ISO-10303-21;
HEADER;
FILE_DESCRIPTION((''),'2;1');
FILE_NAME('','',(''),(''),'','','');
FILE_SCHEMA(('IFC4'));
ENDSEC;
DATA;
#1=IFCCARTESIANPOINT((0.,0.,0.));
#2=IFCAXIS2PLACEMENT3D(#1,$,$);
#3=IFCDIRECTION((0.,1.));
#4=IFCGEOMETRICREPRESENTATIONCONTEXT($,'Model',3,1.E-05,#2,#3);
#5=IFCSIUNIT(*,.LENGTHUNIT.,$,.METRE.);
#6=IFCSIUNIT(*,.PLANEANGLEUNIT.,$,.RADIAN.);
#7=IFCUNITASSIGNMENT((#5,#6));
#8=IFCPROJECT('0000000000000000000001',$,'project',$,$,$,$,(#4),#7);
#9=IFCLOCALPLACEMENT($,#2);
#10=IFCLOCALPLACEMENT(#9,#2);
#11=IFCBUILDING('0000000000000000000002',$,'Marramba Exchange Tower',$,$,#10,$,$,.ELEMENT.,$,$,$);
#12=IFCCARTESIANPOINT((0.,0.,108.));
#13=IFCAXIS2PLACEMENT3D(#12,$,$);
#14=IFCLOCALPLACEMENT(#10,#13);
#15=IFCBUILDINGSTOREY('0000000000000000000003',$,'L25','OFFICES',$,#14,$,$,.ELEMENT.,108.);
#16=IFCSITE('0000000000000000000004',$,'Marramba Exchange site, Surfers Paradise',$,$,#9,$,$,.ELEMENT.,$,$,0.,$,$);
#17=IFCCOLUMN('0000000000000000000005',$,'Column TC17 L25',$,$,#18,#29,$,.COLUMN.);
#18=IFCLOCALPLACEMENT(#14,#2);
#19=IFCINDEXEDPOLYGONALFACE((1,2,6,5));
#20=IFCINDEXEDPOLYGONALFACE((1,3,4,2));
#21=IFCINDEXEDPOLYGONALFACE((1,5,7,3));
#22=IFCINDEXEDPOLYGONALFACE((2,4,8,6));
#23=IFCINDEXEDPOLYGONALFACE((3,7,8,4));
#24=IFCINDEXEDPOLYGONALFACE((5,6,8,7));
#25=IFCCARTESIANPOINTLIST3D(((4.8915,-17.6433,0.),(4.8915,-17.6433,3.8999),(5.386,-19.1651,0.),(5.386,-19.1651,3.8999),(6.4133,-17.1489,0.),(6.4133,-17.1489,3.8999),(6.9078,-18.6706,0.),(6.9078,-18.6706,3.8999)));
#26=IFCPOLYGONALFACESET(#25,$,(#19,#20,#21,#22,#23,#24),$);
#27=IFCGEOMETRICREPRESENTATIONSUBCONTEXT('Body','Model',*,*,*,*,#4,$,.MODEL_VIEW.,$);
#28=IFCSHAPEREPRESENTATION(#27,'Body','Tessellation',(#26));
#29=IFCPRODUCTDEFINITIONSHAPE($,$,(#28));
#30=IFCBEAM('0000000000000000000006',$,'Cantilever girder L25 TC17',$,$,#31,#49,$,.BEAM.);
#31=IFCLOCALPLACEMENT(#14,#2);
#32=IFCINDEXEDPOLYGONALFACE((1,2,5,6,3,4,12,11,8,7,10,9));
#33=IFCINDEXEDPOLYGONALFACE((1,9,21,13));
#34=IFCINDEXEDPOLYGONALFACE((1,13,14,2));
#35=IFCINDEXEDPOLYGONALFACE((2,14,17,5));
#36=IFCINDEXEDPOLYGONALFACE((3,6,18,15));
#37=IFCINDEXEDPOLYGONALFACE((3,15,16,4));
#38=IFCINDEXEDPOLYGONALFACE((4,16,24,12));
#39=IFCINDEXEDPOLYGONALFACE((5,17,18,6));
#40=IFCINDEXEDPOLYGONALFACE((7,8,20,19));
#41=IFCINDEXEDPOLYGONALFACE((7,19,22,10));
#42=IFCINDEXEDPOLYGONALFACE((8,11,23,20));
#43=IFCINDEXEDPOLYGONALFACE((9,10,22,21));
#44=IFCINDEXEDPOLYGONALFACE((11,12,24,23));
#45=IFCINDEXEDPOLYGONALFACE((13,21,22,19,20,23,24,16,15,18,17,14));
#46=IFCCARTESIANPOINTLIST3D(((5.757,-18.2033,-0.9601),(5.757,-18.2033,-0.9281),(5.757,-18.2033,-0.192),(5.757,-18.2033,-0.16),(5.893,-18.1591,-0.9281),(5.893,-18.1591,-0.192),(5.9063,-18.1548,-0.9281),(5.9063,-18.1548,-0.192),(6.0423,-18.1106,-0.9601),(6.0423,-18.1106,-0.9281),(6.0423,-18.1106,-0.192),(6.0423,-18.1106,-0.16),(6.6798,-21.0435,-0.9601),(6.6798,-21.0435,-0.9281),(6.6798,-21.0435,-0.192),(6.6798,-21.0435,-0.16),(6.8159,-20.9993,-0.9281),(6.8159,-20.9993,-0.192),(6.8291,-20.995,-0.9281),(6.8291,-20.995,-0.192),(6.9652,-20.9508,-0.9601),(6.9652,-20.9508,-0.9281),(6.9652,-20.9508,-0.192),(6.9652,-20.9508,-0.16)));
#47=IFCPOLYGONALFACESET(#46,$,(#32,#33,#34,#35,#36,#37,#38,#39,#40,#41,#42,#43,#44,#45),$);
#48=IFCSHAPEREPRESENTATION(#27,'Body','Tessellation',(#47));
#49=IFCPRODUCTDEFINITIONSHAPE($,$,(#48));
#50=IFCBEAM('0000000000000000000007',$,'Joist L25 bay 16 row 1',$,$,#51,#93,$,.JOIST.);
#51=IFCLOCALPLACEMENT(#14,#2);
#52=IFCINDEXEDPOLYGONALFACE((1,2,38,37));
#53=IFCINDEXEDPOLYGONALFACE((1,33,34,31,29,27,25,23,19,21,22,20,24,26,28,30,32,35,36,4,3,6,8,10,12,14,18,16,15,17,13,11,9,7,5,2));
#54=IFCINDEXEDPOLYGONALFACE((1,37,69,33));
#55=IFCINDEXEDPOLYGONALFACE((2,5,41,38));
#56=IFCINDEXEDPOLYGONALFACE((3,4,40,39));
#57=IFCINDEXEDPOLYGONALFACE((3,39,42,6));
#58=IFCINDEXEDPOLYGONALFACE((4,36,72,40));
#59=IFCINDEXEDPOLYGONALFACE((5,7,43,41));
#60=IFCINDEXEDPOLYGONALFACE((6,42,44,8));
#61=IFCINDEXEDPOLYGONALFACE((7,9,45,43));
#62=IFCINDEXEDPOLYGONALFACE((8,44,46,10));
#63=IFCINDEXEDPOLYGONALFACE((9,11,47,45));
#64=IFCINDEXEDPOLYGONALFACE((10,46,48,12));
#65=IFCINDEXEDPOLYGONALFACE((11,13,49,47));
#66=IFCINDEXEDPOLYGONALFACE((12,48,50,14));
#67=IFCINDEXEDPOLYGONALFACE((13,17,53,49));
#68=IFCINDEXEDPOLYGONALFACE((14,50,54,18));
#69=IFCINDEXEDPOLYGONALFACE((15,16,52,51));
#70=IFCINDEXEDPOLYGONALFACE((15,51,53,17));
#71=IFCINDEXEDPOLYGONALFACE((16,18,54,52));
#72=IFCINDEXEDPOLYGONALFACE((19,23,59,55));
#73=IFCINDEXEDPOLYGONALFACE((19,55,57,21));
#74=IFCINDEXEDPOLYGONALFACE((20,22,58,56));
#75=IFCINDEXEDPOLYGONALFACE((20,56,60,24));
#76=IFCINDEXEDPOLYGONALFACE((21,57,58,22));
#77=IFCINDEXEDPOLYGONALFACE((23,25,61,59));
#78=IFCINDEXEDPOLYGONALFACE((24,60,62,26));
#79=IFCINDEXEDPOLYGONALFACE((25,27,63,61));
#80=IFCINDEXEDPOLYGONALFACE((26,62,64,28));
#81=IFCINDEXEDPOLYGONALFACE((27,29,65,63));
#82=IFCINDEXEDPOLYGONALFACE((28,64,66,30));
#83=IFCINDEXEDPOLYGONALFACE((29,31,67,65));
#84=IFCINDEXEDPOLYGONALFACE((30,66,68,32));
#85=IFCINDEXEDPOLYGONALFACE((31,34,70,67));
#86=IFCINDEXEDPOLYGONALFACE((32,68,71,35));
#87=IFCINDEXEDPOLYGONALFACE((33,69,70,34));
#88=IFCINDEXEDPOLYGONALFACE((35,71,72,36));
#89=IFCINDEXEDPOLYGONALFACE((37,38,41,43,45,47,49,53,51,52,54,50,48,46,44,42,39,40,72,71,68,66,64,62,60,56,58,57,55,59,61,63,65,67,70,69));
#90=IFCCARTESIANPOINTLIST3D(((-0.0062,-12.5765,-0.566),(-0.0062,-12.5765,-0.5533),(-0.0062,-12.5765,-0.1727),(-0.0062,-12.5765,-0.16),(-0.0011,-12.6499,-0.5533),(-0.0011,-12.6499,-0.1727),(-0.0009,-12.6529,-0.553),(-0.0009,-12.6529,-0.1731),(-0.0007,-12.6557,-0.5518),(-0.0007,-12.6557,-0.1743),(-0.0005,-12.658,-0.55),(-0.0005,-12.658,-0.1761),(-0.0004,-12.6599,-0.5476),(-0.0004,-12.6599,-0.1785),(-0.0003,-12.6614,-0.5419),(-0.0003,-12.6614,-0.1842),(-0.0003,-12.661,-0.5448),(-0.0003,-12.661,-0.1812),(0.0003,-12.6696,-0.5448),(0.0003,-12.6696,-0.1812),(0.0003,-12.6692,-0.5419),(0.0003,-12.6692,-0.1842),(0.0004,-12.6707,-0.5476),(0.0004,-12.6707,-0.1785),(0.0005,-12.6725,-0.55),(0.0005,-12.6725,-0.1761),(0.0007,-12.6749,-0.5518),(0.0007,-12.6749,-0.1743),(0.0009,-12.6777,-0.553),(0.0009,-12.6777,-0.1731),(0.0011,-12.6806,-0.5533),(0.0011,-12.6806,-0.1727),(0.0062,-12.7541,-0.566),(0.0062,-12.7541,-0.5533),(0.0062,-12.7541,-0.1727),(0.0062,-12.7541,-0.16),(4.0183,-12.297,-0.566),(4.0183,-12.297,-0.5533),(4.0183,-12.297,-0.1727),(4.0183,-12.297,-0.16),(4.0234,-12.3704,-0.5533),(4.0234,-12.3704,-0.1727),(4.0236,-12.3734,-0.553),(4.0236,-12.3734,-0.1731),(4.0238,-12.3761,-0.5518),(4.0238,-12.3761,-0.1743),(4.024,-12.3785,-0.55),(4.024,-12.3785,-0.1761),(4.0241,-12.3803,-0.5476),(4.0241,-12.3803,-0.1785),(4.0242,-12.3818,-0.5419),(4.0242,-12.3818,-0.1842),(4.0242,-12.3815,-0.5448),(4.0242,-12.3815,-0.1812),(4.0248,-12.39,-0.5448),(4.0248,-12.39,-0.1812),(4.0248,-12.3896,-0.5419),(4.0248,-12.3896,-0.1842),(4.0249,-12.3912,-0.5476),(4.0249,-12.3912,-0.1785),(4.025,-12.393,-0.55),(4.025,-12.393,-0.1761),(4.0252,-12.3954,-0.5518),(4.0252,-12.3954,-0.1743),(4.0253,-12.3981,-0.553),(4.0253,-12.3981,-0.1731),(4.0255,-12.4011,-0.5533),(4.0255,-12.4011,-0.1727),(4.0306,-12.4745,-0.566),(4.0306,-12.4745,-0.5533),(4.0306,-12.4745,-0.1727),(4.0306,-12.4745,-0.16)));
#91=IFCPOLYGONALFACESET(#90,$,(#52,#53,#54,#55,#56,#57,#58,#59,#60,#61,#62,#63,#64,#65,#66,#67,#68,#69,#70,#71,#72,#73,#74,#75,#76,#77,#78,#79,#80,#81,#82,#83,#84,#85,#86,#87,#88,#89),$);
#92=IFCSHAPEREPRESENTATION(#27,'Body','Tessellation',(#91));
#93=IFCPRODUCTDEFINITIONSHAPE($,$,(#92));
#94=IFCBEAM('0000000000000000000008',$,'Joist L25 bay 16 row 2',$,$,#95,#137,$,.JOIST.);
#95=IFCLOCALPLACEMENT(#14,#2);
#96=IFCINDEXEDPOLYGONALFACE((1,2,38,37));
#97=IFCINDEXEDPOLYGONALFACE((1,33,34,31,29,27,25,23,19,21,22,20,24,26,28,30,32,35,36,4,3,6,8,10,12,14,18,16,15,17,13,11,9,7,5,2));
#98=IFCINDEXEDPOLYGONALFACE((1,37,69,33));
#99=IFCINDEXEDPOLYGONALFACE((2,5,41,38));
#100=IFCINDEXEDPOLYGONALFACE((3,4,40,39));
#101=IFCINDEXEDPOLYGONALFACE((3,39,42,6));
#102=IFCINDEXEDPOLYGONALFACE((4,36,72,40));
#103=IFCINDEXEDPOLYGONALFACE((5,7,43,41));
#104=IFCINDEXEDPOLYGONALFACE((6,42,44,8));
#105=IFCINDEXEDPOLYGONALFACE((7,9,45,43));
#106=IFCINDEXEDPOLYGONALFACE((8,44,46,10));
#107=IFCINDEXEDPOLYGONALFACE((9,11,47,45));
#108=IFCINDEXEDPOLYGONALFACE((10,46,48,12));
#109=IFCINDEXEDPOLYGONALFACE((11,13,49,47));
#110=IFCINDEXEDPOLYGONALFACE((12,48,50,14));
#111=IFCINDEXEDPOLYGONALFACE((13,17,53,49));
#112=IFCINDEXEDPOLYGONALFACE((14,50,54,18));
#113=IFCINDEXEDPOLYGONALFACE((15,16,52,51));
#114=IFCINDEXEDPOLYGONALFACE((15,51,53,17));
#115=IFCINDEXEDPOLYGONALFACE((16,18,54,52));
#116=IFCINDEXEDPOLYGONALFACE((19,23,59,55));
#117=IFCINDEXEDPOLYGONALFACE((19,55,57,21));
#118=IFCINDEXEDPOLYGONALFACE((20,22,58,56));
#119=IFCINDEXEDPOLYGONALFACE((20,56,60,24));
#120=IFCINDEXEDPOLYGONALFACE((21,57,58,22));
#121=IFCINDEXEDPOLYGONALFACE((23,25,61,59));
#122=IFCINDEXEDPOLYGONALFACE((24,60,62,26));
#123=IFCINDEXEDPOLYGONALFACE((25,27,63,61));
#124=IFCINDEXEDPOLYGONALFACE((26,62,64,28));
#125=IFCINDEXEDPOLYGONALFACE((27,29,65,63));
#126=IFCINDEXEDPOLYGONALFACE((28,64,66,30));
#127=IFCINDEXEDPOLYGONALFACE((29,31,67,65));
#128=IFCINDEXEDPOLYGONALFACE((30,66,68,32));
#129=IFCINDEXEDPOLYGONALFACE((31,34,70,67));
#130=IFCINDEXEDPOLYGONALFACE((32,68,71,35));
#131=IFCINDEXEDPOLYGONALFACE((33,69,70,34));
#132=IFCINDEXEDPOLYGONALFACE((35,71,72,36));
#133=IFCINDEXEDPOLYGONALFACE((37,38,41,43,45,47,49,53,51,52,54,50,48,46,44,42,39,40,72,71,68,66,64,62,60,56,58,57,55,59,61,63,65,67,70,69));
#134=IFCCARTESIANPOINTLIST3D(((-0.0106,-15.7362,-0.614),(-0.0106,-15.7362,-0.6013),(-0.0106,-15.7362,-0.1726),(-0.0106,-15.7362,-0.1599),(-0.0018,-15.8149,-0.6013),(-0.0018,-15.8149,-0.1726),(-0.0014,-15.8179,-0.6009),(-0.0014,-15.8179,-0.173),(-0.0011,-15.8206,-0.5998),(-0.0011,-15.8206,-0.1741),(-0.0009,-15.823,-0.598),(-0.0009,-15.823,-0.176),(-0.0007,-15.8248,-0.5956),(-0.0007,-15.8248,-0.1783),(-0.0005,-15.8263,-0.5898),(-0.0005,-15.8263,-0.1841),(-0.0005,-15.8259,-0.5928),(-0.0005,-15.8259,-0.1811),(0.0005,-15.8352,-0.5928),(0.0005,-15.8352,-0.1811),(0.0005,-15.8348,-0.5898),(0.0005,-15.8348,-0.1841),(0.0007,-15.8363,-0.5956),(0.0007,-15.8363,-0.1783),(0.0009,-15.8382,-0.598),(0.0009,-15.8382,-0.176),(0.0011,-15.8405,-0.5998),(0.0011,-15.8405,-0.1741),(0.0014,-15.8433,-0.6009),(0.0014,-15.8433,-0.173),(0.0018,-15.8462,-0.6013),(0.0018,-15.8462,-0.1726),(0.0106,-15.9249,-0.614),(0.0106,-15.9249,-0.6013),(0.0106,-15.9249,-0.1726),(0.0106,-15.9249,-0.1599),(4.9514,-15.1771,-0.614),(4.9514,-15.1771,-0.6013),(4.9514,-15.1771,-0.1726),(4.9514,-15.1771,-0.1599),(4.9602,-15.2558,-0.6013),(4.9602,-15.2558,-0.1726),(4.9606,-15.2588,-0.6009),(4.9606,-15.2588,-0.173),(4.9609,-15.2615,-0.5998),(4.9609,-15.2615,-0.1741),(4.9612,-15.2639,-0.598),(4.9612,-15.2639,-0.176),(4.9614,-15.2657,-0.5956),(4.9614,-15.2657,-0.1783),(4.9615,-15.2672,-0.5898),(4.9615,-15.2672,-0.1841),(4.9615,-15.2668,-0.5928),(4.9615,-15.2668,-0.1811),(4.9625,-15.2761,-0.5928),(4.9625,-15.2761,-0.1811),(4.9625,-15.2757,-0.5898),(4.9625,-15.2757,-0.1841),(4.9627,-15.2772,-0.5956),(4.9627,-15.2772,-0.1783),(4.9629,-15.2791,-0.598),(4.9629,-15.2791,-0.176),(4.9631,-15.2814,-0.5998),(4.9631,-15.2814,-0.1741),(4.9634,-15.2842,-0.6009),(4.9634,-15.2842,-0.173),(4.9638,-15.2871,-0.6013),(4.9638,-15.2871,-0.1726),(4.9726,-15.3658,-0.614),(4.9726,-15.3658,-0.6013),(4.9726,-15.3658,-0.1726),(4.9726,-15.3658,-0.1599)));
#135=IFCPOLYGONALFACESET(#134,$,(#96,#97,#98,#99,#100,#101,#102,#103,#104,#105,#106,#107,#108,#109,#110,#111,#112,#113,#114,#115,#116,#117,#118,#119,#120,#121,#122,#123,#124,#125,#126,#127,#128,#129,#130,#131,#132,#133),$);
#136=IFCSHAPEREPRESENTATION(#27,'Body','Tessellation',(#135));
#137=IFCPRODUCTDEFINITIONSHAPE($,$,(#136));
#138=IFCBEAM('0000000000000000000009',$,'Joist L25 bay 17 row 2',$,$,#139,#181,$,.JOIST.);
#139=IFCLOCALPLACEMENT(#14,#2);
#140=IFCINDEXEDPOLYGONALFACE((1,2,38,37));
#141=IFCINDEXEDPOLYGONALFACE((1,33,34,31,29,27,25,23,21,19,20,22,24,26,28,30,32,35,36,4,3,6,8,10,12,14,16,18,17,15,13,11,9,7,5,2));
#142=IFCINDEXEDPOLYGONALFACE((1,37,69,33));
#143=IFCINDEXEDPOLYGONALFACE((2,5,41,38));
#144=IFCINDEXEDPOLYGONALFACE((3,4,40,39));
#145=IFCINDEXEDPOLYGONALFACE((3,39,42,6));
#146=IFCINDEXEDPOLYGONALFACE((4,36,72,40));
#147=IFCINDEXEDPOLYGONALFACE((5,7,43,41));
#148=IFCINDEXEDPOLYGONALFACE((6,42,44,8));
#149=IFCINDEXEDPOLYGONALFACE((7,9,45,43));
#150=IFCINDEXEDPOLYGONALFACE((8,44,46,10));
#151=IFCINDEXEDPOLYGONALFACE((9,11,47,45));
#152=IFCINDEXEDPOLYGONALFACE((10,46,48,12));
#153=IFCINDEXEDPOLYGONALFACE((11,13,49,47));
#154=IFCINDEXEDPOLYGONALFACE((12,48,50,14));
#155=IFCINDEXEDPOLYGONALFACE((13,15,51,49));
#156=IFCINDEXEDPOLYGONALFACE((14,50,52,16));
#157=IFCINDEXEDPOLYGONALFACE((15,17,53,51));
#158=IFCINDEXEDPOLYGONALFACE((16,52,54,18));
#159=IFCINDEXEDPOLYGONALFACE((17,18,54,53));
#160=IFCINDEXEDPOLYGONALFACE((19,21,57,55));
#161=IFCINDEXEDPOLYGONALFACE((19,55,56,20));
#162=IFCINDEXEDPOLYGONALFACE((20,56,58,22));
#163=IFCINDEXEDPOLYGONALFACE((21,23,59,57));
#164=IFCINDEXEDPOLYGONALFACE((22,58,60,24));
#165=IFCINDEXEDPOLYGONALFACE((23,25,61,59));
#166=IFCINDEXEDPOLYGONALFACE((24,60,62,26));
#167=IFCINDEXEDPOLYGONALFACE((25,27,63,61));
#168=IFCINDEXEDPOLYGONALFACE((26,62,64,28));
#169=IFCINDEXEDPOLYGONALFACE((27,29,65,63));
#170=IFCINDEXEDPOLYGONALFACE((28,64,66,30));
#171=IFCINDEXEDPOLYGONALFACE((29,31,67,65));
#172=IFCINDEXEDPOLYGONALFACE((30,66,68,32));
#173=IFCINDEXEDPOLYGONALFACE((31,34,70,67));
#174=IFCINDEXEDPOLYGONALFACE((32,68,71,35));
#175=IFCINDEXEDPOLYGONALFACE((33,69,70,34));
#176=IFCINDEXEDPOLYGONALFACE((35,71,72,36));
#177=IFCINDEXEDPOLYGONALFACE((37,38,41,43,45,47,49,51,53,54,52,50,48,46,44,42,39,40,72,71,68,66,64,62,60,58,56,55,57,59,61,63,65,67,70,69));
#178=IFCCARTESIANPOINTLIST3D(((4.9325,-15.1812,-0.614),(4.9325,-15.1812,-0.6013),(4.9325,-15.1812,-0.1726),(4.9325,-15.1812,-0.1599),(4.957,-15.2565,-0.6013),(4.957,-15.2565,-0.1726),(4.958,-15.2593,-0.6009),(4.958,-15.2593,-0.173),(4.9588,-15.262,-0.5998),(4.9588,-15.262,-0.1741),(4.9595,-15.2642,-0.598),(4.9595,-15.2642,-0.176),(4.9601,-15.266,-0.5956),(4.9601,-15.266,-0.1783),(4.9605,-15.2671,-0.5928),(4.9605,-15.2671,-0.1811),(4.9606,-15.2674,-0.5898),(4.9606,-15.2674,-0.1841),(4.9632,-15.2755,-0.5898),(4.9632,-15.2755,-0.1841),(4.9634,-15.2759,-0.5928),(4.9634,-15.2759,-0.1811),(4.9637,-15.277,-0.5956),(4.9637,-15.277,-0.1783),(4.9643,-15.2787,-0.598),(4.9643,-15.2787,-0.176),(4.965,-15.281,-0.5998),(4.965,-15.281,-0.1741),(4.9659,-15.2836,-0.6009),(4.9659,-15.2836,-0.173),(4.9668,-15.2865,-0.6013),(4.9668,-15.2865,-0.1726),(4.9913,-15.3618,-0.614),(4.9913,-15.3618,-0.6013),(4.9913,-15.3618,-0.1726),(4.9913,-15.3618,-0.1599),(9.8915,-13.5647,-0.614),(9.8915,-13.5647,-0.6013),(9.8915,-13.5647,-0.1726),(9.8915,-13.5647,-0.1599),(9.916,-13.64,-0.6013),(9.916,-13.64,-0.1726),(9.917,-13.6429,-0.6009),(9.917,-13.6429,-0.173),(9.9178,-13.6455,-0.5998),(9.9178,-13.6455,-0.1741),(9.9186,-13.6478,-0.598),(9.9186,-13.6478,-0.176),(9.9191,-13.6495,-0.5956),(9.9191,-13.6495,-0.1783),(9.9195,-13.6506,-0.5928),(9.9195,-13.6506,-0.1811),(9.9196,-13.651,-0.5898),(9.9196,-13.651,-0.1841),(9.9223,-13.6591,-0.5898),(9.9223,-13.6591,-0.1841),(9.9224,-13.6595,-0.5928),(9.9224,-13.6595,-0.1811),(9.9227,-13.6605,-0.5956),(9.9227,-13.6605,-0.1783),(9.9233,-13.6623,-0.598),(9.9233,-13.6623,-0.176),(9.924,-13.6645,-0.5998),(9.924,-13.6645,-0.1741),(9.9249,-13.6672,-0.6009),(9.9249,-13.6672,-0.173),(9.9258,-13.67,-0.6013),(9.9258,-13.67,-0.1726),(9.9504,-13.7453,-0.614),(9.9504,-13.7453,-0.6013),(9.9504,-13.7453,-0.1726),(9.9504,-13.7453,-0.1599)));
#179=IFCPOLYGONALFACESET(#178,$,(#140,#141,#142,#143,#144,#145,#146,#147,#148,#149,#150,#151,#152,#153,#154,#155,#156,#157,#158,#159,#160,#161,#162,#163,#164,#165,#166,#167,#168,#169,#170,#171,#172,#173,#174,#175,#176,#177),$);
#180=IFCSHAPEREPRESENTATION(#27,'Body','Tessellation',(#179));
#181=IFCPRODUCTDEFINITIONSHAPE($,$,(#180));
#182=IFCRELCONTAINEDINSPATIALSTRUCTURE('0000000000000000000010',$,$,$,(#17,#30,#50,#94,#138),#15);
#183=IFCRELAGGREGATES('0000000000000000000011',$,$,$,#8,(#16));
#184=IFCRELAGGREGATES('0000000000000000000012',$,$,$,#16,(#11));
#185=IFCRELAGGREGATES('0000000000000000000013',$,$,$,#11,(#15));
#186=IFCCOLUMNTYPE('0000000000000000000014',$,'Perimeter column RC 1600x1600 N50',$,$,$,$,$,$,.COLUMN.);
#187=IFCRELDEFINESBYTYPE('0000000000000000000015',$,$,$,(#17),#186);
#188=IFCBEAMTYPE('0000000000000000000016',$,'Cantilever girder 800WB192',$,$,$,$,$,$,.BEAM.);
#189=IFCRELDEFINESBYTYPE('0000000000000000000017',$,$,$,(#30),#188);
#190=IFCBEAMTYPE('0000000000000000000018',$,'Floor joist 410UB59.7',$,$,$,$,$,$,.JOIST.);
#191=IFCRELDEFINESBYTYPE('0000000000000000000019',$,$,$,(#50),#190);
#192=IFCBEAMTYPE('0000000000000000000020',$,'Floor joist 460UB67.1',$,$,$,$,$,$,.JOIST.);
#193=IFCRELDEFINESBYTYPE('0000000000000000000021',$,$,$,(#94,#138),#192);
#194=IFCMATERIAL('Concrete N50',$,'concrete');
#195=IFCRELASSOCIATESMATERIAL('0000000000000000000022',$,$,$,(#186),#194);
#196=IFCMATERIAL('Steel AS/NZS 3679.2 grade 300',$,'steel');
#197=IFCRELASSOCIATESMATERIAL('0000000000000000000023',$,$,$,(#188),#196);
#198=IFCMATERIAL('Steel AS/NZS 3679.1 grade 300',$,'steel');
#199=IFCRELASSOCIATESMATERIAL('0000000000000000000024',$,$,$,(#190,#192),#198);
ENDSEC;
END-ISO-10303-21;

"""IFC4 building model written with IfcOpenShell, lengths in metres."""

from ifc_helpers import new_model, si_unit, direction, frame, origin, origin_2d, place, context, subcontext, project, spatial, rectangle, i_section, extrude, material, material_profile, profile_set, type_object, element, save


model = new_model("IFC4")

# Units and contexts
model_context = context("Model", 3, precision=1e-05, world=origin(), true_north=direction((0.0, 1.0)))
body_context = subcontext(model_context, "Body", "Model", "MODEL_VIEW")
ifc_project = project(units=[si_unit("LENGTHUNIT", "METRE"), si_unit("PLANEANGLEUNIT", "RADIAN")], contexts=[model_context])

# Site, building, storey
site_placement = place(None, origin())
site = spatial("IfcSite", under=ifc_project, at=site_placement, Name="Marramba Exchange site, Surfers Paradise", CompositionType="ELEMENT", RefElevation=0.0)
building_placement = place(site_placement, origin())
building = spatial("IfcBuilding", under=site, at=building_placement, Name="Marramba Exchange Tower", CompositionType="ELEMENT")
storey_placement = place(building_placement, frame((0.0, 0.0, 108.0)))
storey = spatial("IfcBuildingStorey", under=building, at=storey_placement, Name="L25", Description="OFFICES", CompositionType="ELEMENT", Elevation=108.0)

# Column
ifc_material_1 = material(Name="Concrete N50", Category="concrete")
ifc_material_profile_1 = material_profile(ifc_material_1, rectangle(XDim=1.6001, YDim=1.6001, at=origin_2d()), Name="RC 1600x1600")
ifc_profile_set_1 = profile_set([ifc_material_profile_1], Name="Concrete N50")
column_type = type_object("IfcColumnType", Name="Perimeter column RC 1600x1600 N50", PredefinedType="COLUMN", material=ifc_profile_set_1)
column_placement = place(storey_placement, frame((5.8997, -18.157, 0.0), z_axis=(0.0, 0.0, 1.0), x_axis=(0.309017, -0.951057, 0.0)))
element("IfcColumn", 1, at=column_placement, inside=storey, type_object=column_type, Name="Column TC17 L25", PredefinedType="COLUMN", context=body_context, shape_type="SweptSolid", body=[
    extrude(rectangle(XDim=1.6001, YDim=1.6001, at=origin_2d()), origin(), (0.0, 0.0, 1.0), 3.8999),
])

# Beams
ifc_material_2 = material(Name="Steel AS/NZS 3679.2 grade 300", Category="steel")
ifc_material_profile_2 = material_profile(ifc_material_2, i_section(OverallWidth=0.3, OverallDepth=0.8, WebThickness=0.0139, FlangeThickness=0.032, at=origin_2d()), Name="800WB192")
ifc_profile_set_2 = profile_set([ifc_material_profile_2], Name="Steel AS/NZS 3679.2 grade 300")
beam_type_1 = type_object("IfcBeamType", Name="Cantilever girder 800WB192", PredefinedType="BEAM", material=ifc_profile_set_2)
beam_1_placement = place(storey_placement, frame((5.8997, -18.157, -0.5601), z_axis=(0.309032, -0.951051, 0.0), x_axis=(0.951051, 0.309032, 0.0)))
element("IfcBeam", 2, at=beam_1_placement, inside=storey, type_object=beam_type_1, Name="Cantilever girder L25 TC17", PredefinedType="BEAM", context=body_context, shape_type="SweptSolid", body=[
    extrude(i_section(OverallWidth=0.3, OverallDepth=0.8, WebThickness=0.0139, FlangeThickness=0.032, at=origin_2d()), origin(), (0.0, 0.0, 1.0), 2.9863),
])
ifc_material_3 = material(Name="Steel AS/NZS 3679.1 grade 300", Category="steel")
ifc_material_profile_3 = material_profile(ifc_material_3, i_section(OverallWidth=0.178, OverallDepth=0.406, WebThickness=0.0078, FlangeThickness=0.0127, FilletRadius=0.0115, at=origin_2d()), Name="410UB59.7")
ifc_profile_set_3 = profile_set([ifc_material_profile_3], Name="Steel AS/NZS 3679.1 grade 300")
beam_type_2 = type_object("IfcBeamType", Name="Floor joist 410UB59.7", PredefinedType="JOIST", material=ifc_profile_set_3)
beam_2_placement = place(storey_placement, frame((0.0, -12.6653, -0.363), z_axis=(0.997596, 0.069294, 0.0), x_axis=(-0.069294, 0.997596, 0.0)))
element("IfcBeam", 3, at=beam_2_placement, inside=storey, type_object=beam_type_2, Name="Joist L25 bay 16 row 1", PredefinedType="JOIST", context=body_context, shape_type="SweptSolid", body=[
    extrude(i_section(OverallWidth=0.178, OverallDepth=0.406, WebThickness=0.0078, FlangeThickness=0.0127, FilletRadius=0.0115, at=origin_2d()), origin(), (0.0, 0.0, 1.0), 4.0342),
])
ifc_material_profile_4 = material_profile(ifc_material_3, i_section(OverallWidth=0.1899, OverallDepth=0.4541, WebThickness=0.0085, FlangeThickness=0.0127, FilletRadius=0.0115, at=origin_2d()), Name="460UB67.1")
ifc_profile_set_4 = profile_set([ifc_material_profile_4], Name="Steel AS/NZS 3679.1 grade 300")
beam_type_3 = type_object("IfcBeamType", Name="Floor joist 460UB67.1", PredefinedType="JOIST", material=ifc_profile_set_4)
beam_3_placement = place(storey_placement, frame((0.0, -15.8306, -0.387), z_axis=(0.993712, 0.111966, 0.0), x_axis=(-0.111966, 0.993712, 0.0)))
element("IfcBeam", 4, at=beam_3_placement, inside=storey, type_object=beam_type_3, Name="Joist L25 bay 16 row 2", PredefinedType="JOIST", context=body_context, shape_type="SweptSolid", body=[
    extrude(i_section(OverallWidth=0.1899, OverallDepth=0.4541, WebThickness=0.0085, FlangeThickness=0.0127, FilletRadius=0.0115, at=origin_2d()), origin(), (0.0, 0.0, 1.0), 4.9934),
])
beam_4_placement = place(storey_placement, frame((4.9619, -15.2715, -0.387), z_axis=(0.950764, 0.309916, 0.0), x_axis=(-0.309916, 0.950764, 0.0)))
element("IfcBeam", 5, at=beam_4_placement, inside=storey, type_object=beam_type_3, Name="Joist L25 bay 17 row 2", PredefinedType="JOIST", context=body_context, shape_type="SweptSolid", body=[
    extrude(i_section(OverallWidth=0.1899, OverallDepth=0.4541, WebThickness=0.0085, FlangeThickness=0.0127, FilletRadius=0.0115, at=origin_2d()), origin(), (0.0, 0.0, 1.0), 5.2158),
])

save(model, "model.ifc")
